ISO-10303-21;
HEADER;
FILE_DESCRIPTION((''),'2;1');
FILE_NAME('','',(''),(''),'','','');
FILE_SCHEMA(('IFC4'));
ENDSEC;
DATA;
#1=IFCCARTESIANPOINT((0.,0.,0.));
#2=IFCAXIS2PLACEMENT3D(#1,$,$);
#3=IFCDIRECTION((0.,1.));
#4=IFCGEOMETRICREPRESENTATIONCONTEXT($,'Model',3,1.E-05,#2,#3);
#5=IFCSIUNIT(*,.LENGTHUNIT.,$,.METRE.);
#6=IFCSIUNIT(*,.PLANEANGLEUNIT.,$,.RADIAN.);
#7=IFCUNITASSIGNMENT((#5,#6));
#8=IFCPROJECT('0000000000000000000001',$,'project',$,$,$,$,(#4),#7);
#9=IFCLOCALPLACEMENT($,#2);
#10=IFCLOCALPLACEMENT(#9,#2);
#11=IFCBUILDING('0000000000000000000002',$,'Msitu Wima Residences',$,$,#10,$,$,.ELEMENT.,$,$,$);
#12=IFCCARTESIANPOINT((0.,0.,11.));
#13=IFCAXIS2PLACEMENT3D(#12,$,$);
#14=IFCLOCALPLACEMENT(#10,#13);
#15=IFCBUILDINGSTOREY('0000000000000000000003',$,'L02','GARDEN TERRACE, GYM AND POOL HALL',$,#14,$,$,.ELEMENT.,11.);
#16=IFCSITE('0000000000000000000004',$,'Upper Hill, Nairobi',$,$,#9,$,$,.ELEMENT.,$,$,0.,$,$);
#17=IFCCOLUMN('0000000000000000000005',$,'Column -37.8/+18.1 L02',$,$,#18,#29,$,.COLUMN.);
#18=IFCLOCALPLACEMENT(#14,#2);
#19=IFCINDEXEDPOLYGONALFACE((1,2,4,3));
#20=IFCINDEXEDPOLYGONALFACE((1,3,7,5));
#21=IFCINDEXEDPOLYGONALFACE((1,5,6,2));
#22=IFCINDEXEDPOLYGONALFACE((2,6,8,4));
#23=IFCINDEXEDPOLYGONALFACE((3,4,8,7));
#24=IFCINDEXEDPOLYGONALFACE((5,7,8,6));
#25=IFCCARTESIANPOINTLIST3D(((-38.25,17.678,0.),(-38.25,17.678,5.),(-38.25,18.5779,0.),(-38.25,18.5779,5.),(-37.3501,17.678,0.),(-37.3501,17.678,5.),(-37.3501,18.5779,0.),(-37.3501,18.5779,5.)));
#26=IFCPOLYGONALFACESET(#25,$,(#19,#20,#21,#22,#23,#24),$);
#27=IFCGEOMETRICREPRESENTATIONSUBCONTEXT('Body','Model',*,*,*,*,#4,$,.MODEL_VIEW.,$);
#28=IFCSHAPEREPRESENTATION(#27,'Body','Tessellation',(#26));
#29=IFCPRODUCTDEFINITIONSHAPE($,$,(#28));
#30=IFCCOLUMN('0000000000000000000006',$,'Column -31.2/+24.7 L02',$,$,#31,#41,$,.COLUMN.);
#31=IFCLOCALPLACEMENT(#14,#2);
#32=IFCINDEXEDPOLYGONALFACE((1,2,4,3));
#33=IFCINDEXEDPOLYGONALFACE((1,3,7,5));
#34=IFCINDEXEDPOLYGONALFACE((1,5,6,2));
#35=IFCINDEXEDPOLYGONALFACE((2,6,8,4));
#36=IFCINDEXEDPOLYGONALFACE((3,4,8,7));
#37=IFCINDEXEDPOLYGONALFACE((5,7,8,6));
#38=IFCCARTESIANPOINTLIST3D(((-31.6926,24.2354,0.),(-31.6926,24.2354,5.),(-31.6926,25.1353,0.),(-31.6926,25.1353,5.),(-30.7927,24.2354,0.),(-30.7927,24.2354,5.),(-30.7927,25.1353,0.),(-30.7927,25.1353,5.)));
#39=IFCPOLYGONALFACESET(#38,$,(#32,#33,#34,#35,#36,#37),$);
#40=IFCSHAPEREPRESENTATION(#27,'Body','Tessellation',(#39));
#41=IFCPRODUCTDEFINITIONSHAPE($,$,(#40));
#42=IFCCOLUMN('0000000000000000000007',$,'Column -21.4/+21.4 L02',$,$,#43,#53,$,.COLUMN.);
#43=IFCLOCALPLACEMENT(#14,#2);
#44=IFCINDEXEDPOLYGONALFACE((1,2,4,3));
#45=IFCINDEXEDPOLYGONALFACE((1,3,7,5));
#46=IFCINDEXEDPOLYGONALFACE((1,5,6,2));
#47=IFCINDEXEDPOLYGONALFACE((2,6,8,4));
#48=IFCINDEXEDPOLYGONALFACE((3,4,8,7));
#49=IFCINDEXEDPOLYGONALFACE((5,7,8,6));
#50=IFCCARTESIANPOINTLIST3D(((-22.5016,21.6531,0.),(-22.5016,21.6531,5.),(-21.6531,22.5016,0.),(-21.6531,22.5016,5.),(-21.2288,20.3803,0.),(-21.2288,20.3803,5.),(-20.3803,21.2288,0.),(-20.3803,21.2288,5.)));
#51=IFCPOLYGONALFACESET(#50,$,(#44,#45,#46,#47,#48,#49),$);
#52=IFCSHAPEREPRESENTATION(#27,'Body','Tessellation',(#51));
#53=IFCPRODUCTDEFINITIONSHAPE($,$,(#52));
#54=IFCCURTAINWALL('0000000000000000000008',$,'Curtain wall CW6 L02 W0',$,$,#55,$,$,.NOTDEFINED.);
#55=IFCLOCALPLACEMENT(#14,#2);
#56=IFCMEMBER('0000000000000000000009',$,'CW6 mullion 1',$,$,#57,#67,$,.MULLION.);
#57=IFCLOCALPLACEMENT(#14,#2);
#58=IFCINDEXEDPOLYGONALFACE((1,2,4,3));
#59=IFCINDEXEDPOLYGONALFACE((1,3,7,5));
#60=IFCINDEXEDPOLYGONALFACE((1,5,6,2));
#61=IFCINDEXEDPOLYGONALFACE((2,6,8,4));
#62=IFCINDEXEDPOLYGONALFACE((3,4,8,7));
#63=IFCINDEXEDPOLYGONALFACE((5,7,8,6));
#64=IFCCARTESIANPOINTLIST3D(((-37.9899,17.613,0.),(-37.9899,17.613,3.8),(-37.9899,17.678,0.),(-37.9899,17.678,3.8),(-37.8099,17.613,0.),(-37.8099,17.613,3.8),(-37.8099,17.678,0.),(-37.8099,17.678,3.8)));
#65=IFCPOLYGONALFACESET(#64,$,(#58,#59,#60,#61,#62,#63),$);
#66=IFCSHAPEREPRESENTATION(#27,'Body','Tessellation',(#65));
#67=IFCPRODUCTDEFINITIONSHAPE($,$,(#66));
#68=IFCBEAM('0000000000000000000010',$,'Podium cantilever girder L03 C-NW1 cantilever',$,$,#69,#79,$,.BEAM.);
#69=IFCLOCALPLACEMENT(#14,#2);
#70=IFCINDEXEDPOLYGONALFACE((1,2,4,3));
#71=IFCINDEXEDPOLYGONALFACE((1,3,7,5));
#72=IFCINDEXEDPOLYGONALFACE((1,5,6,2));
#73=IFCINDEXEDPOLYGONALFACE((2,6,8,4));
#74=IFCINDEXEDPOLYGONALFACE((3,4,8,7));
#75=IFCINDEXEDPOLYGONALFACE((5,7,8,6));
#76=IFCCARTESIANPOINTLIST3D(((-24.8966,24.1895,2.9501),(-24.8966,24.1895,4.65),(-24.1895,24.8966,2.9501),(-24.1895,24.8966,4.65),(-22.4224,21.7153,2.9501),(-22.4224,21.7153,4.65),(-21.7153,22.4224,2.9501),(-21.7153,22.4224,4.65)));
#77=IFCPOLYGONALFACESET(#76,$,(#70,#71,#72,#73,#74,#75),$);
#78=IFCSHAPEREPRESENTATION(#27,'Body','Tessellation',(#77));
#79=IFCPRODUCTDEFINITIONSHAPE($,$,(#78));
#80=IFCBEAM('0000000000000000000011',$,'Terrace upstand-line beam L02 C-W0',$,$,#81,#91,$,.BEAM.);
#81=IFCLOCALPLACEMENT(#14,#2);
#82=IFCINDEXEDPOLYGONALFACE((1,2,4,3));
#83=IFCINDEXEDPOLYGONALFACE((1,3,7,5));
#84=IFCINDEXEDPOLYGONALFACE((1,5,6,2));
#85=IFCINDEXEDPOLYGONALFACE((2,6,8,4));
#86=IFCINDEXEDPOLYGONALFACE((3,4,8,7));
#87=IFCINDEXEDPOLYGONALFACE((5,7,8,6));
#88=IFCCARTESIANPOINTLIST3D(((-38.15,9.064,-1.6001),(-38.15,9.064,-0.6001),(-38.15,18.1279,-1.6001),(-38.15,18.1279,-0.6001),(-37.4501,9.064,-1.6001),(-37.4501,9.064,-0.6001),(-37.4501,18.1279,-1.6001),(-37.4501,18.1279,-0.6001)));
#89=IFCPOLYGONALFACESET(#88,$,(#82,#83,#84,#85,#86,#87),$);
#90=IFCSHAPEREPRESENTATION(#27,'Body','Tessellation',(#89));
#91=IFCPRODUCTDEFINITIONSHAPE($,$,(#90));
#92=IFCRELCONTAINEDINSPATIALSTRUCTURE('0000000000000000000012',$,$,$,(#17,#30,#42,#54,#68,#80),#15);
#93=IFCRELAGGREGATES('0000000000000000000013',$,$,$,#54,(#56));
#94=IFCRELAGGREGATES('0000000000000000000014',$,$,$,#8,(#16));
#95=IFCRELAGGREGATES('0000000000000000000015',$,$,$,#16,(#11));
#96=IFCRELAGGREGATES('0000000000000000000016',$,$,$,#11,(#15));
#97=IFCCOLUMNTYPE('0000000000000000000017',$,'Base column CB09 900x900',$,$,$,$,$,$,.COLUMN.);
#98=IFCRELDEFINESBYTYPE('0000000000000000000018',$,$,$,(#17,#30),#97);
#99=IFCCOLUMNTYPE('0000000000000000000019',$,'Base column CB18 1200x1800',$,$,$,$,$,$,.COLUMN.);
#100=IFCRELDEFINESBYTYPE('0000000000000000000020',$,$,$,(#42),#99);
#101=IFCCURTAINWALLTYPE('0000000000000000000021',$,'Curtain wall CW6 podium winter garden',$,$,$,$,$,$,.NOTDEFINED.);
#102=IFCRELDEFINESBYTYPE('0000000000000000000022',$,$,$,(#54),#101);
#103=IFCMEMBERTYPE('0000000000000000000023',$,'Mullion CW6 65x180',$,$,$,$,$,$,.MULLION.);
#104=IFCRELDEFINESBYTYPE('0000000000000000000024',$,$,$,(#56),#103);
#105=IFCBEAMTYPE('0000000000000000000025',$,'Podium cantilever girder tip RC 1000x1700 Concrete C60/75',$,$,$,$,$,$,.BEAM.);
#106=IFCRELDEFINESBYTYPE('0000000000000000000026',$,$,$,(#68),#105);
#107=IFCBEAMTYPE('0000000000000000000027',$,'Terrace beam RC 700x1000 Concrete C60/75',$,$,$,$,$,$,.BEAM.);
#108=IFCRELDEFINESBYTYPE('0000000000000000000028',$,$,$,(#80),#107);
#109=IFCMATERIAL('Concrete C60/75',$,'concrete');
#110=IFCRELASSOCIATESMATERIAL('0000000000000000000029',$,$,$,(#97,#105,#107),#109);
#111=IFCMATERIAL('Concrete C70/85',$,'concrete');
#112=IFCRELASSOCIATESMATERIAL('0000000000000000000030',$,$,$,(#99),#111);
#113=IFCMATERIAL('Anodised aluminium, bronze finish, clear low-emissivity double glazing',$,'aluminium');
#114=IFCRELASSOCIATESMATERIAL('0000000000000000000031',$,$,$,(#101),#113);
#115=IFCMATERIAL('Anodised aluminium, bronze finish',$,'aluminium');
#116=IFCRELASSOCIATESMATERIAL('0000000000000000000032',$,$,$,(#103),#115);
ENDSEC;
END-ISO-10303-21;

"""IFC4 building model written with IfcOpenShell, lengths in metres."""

from ifc_helpers import new_model, si_unit, direction, frame, origin, origin_2d, place, context, subcontext, project, spatial, rectangle, extrude, material, material_profile, profile_set, type_object, element, aggregate, save


model = new_model("IFC4")

# Units and contexts
model_context = context("Model", 3, precision=1e-05, world=origin(), true_north=direction((0.0, 1.0)))
body_context = subcontext(model_context, "Body", "Model", "MODEL_VIEW")
ifc_project = project(units=[si_unit("LENGTHUNIT", "METRE"), si_unit("PLANEANGLEUNIT", "RADIAN")], contexts=[model_context])

# Site, building, storey
site_placement = place(None, origin())
site = spatial("IfcSite", under=ifc_project, at=site_placement, Name="Upper Hill, Nairobi", CompositionType="ELEMENT", RefElevation=0.0)
building_placement = place(site_placement, origin())
building = spatial("IfcBuilding", under=site, at=building_placement, Name="Msitu Wima Residences", CompositionType="ELEMENT")
storey_placement = place(building_placement, frame((0.0, 0.0, 11.0)))
storey = spatial("IfcBuildingStorey", under=building, at=storey_placement, Name="L02", Description="GARDEN TERRACE, GYM AND POOL HALL", CompositionType="ELEMENT", Elevation=11.0)

# Columns
ifc_material_1 = material(Name="Concrete C60/75", Category="concrete")
ifc_material_profile_1 = material_profile(ifc_material_1, rectangle(XDim=0.8999, YDim=0.8999, at=origin_2d()), Name="RC 900x900")
ifc_profile_set_1 = profile_set([ifc_material_profile_1], Name="Concrete C60/75")
column_type_1 = type_object("IfcColumnType", Name="Base column CB09 900x900", PredefinedType="COLUMN", material=ifc_profile_set_1)
for number, where, z_axis, x_axis, name in (
    (1, (-37.8, 18.1279, 0.0), (0.0, 0.0, 1.0), (1.0, 0.0, 0.0), "Column -37.8/+18.1 L02"),
    (2, (-31.2427, 24.6853, 0.0), (0.0, 0.0, 1.0), (1.0, 0.0, 0.0), "Column -31.2/+24.7 L02"),
):
    element("IfcColumn", number, at=place(storey_placement, frame(where, z_axis=z_axis, x_axis=x_axis)), inside=storey, type_object=column_type_1, Name=name, PredefinedType="COLUMN", context=body_context, shape_type="SweptSolid", body=[
        extrude(rectangle(XDim=0.8999, YDim=0.8999, at=origin_2d()), origin(), (0.0, 0.0, 1.0), 5.0),
    ])
ifc_material_2 = material(Name="Concrete C70/85", Category="concrete")
ifc_material_profile_2 = material_profile(ifc_material_2, rectangle(XDim=1.2, YDim=1.8, at=origin_2d()), Name="RC 1200x1800")
ifc_profile_set_2 = profile_set([ifc_material_profile_2], Name="Concrete C70/85")
column_type_2 = type_object("IfcColumnType", Name="Base column CB18 1200x1800", PredefinedType="COLUMN", material=ifc_profile_set_2)
column_placement = place(storey_placement, frame((-21.4409, 21.4409, 0.0), z_axis=(0.0, 0.0, 1.0), x_axis=(-0.707107, -0.707107, 0.0)))
element("IfcColumn", 3, at=column_placement, inside=storey, type_object=column_type_2, Name="Column -21.4/+21.4 L02", PredefinedType="COLUMN", context=body_context, shape_type="SweptSolid", body=[
    extrude(rectangle(XDim=1.2, YDim=1.8, at=origin_2d()), origin(), (0.0, 0.0, 1.0), 5.0),
])

# Curtain wall, member
ifc_material_3 = material(Name="Anodised aluminium, bronze finish, clear low-emissivity double glazing", Category="aluminium")
curtain_wall_type = type_object("IfcCurtainWallType", Name="Curtain wall CW6 podium winter garden", PredefinedType="NOTDEFINED", material=ifc_material_3)
curtain_wall_placement = place(storey_placement, origin())
curtain_wall = element("IfcCurtainWall", 4, at=curtain_wall_placement, inside=storey, type_object=curtain_wall_type, Name="Curtain wall CW6 L02 W0", PredefinedType="NOTDEFINED")
ifc_material_4 = material(Name="Anodised aluminium, bronze finish", Category="aluminium")
ifc_material_profile_3 = material_profile(ifc_material_4, rectangle(XDim=0.1799, YDim=0.0649, at=origin_2d()), Name="Mullion 65x180")
ifc_profile_set_3 = profile_set([ifc_material_profile_3], Name="Anodised aluminium, bronze finish")
member_type = type_object("IfcMemberType", Name="Mullion CW6 65x180", PredefinedType="MULLION", material=ifc_profile_set_3)
member_placement = place(storey_placement, frame((-37.8999, 17.6455, 0.0), z_axis=(0.0, 0.0, 1.0), x_axis=(1.0, 0.0, 0.0)))
member = element("IfcMember", 5, at=member_placement, type_object=member_type, Name="CW6 mullion 1", PredefinedType="MULLION", context=body_context, shape_type="SweptSolid", body=[
    extrude(rectangle(XDim=0.1799, YDim=0.0649, at=origin_2d()), origin(), (0.0, 0.0, 1.0), 3.8),
])
aggregate(curtain_wall, [member])

# Beams
ifc_material_profile_4 = material_profile(ifc_material_1, rectangle(XDim=1.0, YDim=1.7, at=origin_2d()), Name="RC 1000x1700")
ifc_profile_set_4 = profile_set([ifc_material_profile_4], Name="Concrete C60/75")
beam_type_1 = type_object("IfcBeamType", Name="Podium cantilever girder tip RC 1000x1700 Concrete C60/75", PredefinedType="BEAM", material=ifc_profile_set_4)
beam_1_placement = place(storey_placement, frame((-22.0688, 22.0688, 3.8), z_axis=(-0.707107, 0.707107, 0.0), x_axis=(-0.707107, -0.707107, 0.0)))
element("IfcBeam", 6, at=beam_1_placement, inside=storey, type_object=beam_type_1, Name="Podium cantilever girder L03 C-NW1 cantilever", PredefinedType="BEAM", context=body_context, shape_type="SweptSolid", body=[
    extrude(rectangle(XDim=1.0, YDim=1.7, at=origin_2d()), origin(), (0.0, 0.0, 1.0), 3.499),
])
ifc_material_profile_5 = material_profile(ifc_material_1, rectangle(XDim=0.7, YDim=1.0, at=origin_2d()), Name="RC 700x1000")
ifc_profile_set_5 = profile_set([ifc_material_profile_5], Name="Concrete C60/75")
beam_type_2 = type_object("IfcBeamType", Name="Terrace beam RC 700x1000 Concrete C60/75", PredefinedType="BEAM", material=ifc_profile_set_5)
beam_2_placement = place(storey_placement, frame((-37.8, 18.1279, -1.1001), z_axis=(0.0, -1.0, 0.0), x_axis=(1.0, 0.0, 0.0)))
element("IfcBeam", 7, at=beam_2_placement, inside=storey, type_object=beam_type_2, Name="Terrace upstand-line beam L02 C-W0", PredefinedType="BEAM", context=body_context, shape_type="SweptSolid", body=[
    extrude(rectangle(XDim=0.7, YDim=1.0, at=origin_2d()), origin(), (0.0, 0.0, 1.0), 9.064),
])

save(model, "model.ifc")
